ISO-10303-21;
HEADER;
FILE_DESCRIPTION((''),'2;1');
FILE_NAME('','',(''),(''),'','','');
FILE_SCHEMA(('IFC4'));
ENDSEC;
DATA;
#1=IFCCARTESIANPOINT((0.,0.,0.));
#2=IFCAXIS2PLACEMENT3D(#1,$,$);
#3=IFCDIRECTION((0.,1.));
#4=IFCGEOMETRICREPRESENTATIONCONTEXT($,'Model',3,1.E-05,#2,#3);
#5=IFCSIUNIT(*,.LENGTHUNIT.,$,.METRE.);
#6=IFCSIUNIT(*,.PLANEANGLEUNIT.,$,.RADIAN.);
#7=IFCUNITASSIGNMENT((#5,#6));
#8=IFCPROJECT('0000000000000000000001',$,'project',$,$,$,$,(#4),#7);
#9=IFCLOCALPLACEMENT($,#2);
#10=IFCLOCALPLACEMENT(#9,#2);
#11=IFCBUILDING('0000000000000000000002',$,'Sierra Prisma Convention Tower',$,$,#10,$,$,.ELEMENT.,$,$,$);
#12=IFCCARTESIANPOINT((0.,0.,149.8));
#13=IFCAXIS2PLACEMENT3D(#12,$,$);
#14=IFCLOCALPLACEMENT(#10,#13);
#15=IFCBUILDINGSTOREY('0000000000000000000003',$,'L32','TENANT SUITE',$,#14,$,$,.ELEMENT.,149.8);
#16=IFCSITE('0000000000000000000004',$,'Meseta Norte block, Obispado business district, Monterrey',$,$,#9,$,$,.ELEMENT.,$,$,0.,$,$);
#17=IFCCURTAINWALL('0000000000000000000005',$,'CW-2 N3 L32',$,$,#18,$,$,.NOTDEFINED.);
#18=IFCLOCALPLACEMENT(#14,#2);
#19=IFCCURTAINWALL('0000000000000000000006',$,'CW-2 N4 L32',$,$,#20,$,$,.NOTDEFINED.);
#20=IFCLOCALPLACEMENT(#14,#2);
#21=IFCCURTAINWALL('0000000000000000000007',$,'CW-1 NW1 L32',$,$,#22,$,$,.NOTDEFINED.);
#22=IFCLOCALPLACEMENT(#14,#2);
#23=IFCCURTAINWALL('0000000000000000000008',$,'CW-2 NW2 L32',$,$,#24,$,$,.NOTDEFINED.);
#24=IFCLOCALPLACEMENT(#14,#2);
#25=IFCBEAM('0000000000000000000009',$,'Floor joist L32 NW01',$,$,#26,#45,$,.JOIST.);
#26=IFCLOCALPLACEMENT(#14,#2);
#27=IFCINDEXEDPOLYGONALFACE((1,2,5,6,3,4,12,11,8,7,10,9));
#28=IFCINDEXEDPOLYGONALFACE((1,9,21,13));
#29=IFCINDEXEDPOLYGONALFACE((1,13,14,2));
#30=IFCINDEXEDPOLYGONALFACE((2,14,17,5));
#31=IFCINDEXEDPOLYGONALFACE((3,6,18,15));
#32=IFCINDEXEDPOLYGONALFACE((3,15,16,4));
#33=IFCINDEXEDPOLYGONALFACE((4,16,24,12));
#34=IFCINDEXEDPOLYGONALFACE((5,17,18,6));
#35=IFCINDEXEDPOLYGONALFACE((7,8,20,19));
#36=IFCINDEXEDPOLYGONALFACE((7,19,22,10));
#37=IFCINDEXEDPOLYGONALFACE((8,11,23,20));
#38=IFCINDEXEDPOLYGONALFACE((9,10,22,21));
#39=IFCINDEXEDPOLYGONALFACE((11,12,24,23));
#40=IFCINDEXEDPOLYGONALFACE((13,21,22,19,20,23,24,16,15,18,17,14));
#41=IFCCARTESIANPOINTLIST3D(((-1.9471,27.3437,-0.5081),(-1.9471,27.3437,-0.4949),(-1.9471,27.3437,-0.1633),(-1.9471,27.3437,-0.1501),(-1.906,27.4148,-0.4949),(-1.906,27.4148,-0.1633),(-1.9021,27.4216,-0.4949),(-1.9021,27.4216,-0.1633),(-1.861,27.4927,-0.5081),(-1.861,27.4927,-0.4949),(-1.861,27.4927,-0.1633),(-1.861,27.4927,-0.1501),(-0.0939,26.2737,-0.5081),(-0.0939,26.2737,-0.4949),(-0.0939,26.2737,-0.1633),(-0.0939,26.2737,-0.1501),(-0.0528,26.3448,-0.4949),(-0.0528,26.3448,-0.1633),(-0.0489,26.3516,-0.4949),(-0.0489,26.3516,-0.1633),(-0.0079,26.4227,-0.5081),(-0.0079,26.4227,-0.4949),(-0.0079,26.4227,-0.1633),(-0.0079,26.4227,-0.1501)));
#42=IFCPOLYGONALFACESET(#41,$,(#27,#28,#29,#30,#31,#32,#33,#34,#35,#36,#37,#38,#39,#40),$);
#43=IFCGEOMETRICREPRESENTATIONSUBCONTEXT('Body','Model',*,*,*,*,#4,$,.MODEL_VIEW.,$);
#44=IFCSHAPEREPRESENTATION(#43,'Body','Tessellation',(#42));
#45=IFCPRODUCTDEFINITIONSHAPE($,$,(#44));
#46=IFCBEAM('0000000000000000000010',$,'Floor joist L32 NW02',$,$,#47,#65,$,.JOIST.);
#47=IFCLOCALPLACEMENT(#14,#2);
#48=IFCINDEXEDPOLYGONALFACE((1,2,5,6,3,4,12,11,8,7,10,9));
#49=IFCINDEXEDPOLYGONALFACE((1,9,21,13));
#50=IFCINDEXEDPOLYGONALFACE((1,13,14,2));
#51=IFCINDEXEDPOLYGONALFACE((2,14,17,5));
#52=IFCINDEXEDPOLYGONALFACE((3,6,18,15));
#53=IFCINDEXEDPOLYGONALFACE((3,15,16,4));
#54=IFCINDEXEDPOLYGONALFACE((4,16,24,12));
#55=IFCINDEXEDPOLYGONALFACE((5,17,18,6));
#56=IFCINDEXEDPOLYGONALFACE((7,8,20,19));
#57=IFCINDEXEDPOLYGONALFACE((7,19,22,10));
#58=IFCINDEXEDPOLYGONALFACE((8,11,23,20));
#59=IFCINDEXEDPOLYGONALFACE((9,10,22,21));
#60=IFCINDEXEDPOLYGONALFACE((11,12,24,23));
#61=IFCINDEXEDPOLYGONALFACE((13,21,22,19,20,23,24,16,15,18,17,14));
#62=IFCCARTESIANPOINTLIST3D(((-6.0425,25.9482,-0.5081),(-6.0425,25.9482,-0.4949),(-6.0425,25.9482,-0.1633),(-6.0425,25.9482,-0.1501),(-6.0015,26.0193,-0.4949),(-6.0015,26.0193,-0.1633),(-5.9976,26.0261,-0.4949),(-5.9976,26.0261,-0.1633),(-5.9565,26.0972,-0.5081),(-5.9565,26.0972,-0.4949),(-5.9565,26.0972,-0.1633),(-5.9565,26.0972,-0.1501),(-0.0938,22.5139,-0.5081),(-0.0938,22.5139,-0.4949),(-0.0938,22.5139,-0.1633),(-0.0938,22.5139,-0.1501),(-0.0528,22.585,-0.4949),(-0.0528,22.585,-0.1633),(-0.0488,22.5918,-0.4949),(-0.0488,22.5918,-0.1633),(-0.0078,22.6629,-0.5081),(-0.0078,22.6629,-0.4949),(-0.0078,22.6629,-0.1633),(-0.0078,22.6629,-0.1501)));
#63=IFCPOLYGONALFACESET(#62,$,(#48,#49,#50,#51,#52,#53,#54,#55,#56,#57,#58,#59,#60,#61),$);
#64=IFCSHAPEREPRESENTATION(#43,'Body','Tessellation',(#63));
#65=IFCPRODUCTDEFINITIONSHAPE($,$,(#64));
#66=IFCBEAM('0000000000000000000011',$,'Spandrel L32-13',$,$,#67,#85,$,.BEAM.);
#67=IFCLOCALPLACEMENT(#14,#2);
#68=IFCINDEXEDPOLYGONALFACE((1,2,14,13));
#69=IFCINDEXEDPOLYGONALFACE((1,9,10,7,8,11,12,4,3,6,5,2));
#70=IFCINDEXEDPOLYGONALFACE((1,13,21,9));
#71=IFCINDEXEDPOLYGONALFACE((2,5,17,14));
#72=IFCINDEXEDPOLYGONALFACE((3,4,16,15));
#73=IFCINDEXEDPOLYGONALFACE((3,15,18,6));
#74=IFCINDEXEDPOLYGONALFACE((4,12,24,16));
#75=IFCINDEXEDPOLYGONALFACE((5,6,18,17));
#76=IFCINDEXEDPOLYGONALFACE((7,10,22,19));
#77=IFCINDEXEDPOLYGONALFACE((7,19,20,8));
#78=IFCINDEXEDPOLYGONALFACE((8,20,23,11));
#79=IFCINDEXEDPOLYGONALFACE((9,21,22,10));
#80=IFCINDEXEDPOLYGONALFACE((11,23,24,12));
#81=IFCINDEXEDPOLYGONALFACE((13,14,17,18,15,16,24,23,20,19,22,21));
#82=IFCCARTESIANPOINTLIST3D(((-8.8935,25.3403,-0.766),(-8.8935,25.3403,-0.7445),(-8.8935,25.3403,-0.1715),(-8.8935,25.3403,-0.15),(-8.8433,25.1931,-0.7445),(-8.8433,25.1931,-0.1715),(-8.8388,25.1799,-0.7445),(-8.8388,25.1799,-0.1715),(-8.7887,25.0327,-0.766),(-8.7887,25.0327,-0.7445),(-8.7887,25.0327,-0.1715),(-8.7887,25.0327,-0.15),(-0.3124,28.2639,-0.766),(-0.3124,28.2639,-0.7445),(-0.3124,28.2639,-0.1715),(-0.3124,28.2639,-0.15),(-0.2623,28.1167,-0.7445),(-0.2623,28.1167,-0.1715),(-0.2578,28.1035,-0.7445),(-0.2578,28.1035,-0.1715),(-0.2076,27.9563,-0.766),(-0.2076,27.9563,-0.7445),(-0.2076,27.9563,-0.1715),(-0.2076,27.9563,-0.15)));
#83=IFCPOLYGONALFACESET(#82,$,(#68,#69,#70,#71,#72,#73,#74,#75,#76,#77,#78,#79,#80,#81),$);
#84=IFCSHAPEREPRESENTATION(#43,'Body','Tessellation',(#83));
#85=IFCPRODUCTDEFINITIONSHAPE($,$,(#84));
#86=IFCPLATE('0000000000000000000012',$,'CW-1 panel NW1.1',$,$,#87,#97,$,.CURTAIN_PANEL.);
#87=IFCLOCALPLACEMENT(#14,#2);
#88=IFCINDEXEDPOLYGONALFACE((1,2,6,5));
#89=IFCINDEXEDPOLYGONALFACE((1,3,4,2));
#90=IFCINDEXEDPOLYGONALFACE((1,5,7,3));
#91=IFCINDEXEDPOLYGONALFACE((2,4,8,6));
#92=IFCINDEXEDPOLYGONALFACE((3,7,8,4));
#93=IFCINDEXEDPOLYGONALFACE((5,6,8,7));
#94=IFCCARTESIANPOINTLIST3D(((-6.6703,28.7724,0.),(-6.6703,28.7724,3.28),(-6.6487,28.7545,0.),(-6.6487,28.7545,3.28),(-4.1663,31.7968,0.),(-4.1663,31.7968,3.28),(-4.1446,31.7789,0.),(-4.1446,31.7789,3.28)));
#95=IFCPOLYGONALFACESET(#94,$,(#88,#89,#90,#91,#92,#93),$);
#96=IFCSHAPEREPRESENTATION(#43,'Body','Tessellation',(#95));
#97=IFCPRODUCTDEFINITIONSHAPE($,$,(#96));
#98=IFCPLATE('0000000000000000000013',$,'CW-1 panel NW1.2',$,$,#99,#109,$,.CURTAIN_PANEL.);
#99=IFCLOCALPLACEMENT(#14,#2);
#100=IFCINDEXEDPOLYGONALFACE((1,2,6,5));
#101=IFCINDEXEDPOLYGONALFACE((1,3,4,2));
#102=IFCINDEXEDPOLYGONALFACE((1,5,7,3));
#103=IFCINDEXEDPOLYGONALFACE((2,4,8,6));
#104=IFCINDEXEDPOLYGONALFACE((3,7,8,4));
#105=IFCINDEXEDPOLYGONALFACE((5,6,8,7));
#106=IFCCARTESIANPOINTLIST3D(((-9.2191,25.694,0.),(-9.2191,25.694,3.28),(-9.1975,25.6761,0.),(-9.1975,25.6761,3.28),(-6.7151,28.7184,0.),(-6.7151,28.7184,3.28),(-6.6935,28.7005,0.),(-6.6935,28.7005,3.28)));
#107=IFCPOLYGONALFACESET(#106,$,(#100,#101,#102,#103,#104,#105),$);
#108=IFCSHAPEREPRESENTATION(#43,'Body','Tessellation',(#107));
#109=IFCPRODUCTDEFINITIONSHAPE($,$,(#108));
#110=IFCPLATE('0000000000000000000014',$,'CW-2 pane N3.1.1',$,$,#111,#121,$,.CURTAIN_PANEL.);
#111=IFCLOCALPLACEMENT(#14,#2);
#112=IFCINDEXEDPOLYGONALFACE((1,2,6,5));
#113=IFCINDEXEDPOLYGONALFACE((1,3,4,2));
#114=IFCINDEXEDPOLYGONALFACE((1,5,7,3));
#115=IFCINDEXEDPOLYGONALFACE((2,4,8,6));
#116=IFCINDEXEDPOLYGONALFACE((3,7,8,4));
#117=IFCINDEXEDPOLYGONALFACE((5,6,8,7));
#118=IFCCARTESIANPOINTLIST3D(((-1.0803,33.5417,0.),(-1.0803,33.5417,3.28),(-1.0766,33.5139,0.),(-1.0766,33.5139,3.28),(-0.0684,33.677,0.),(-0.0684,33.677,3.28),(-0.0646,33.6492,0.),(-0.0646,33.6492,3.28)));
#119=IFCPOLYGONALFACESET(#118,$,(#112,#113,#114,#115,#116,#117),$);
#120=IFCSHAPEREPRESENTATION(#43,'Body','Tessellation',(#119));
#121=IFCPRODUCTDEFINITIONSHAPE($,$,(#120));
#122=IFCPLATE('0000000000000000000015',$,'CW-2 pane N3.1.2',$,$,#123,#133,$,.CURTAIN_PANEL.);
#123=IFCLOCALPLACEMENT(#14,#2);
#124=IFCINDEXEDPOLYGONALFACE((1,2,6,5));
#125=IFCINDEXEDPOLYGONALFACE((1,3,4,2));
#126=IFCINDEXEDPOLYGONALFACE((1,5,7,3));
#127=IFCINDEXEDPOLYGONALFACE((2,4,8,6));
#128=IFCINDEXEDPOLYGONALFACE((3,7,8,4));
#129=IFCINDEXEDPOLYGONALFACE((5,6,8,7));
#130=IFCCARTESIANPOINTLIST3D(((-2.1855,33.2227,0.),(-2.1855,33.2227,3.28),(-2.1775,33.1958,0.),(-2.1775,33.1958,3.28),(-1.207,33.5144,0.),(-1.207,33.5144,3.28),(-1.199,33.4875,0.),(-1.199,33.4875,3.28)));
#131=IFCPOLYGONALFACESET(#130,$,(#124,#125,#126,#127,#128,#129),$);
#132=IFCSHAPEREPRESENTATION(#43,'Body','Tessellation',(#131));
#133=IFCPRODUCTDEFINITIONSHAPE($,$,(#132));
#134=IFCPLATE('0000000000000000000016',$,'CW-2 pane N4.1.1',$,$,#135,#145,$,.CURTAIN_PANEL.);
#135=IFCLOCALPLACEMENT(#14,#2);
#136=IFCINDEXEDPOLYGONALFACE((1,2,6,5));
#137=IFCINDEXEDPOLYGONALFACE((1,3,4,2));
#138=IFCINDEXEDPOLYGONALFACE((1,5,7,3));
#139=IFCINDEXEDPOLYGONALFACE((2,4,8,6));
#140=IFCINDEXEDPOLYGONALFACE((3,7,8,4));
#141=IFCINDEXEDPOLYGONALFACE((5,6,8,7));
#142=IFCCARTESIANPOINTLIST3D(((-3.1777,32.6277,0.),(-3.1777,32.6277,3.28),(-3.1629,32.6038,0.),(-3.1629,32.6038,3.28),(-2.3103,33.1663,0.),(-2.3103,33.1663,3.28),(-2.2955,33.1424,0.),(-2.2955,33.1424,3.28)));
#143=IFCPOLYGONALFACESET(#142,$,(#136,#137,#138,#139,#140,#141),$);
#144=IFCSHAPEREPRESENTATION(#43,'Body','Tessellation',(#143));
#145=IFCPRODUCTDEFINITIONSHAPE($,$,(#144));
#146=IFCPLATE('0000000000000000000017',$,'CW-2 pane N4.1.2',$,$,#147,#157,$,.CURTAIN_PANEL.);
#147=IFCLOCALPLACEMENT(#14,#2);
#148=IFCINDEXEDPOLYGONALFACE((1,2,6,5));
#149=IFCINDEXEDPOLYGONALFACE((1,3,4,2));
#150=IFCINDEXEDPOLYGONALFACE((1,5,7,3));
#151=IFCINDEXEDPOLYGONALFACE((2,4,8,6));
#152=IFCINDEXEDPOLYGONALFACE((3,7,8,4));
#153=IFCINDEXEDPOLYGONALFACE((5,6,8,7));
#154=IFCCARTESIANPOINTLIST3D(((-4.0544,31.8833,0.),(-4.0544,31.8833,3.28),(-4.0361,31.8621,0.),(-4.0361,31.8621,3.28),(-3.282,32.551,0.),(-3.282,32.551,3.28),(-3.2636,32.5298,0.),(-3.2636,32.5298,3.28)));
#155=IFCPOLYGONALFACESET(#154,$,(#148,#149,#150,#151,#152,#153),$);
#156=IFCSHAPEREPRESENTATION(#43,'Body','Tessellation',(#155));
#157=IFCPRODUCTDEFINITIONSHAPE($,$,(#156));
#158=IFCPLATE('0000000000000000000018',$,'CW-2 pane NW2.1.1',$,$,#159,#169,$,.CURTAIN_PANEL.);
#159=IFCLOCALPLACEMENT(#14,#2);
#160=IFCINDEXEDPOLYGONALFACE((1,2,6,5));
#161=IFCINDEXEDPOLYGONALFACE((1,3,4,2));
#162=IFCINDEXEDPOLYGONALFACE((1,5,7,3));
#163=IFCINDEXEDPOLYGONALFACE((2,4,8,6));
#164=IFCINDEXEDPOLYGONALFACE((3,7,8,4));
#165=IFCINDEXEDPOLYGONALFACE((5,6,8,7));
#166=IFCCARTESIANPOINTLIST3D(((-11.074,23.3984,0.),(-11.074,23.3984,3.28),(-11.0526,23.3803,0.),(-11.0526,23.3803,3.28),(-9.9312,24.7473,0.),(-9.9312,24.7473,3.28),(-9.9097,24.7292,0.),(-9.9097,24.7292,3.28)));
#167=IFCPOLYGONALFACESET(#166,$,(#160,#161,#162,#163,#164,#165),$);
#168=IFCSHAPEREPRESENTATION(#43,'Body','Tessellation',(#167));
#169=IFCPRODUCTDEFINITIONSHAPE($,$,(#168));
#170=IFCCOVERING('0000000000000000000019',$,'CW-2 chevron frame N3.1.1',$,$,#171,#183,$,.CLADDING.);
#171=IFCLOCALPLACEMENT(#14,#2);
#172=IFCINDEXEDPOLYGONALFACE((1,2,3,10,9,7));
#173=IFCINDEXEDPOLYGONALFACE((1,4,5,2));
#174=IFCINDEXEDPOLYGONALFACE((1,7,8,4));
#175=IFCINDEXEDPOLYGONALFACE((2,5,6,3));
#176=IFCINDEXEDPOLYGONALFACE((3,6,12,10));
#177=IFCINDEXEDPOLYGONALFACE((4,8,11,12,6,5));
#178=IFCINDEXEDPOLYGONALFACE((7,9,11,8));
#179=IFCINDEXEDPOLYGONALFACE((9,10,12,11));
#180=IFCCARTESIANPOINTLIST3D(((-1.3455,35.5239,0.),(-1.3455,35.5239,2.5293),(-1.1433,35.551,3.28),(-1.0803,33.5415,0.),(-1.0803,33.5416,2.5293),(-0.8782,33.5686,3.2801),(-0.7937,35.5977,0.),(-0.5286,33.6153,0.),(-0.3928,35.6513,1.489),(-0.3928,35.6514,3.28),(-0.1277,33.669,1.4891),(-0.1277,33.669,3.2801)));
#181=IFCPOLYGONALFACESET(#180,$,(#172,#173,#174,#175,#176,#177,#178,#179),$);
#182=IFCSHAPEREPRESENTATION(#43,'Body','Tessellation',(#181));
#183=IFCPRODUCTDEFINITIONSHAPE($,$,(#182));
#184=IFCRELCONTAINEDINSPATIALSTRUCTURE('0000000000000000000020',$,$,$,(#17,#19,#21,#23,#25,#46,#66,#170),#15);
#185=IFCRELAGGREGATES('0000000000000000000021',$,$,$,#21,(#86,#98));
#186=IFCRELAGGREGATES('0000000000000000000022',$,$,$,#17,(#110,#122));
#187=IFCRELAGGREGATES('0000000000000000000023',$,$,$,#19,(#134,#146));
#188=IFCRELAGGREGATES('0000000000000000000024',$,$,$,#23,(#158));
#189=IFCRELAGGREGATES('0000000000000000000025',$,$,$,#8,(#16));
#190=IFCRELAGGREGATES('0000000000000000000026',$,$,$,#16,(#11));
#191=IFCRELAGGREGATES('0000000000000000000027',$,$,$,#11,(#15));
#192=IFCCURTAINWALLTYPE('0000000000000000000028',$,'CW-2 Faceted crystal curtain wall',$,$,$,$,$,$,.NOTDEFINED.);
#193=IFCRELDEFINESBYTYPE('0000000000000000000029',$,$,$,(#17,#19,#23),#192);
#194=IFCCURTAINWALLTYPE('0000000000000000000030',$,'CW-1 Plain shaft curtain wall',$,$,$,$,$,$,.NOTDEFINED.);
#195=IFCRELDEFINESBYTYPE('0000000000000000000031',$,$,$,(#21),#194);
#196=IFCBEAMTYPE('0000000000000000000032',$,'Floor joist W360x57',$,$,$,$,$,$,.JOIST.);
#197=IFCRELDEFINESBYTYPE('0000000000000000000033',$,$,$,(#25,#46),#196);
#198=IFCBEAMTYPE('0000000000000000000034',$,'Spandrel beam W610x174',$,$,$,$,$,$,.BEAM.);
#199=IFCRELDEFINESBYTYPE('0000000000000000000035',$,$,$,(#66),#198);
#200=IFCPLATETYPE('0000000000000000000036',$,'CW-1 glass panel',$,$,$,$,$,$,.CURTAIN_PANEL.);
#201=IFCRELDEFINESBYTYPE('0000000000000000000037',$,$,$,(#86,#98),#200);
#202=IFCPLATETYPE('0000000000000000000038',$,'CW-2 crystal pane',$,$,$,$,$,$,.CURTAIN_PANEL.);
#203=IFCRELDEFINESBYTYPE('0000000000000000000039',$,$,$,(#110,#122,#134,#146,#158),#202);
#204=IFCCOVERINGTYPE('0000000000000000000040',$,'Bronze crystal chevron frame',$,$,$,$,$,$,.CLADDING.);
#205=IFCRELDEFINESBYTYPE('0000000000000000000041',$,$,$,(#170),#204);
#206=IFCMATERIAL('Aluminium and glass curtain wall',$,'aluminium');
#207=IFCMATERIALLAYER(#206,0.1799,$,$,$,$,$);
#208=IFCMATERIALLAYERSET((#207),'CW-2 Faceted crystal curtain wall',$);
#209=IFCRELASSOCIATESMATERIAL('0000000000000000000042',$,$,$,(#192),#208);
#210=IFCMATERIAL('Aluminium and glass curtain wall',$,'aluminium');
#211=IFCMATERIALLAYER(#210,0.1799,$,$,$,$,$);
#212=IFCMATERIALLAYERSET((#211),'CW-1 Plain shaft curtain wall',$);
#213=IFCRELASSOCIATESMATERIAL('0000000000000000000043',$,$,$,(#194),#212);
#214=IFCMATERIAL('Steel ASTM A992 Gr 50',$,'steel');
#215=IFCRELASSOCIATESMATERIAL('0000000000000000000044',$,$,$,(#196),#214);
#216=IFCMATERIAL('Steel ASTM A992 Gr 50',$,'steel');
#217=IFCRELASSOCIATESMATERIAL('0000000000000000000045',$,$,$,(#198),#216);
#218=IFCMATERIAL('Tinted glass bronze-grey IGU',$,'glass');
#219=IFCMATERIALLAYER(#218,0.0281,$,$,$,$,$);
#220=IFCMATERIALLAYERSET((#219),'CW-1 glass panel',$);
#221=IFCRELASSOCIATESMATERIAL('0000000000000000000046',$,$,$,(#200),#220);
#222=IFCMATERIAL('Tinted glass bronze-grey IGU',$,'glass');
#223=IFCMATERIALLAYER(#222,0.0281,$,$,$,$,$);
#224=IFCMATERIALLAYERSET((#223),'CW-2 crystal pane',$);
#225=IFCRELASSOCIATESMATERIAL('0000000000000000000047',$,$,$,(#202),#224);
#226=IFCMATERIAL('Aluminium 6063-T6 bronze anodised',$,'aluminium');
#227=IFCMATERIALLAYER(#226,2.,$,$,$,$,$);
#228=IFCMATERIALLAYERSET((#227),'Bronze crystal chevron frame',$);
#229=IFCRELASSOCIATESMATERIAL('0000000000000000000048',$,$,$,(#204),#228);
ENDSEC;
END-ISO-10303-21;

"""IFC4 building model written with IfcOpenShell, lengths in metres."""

from ifc_helpers import new_model, si_unit, direction, frame, origin, origin_2d, place, context, subcontext, project, spatial, polyline, rectangle, i_section, outline, extrude, material, layer, layer_set, material_profile, profile_set, type_object, element, aggregate, save


model = new_model("IFC4")

# Units and contexts
model_context = context("Model", 3, precision=1e-05, world=origin(), true_north=direction((0.0, 1.0)))
body_context = subcontext(model_context, "Body", "Model", "MODEL_VIEW")
ifc_project = project(units=[si_unit("LENGTHUNIT", "METRE"), si_unit("PLANEANGLEUNIT", "RADIAN")], contexts=[model_context])

# Site, building, storey
site_placement = place(None, origin())
site = spatial("IfcSite", under=ifc_project, at=site_placement, Name="Meseta Norte block, Obispado business district, Monterrey", CompositionType="ELEMENT", RefElevation=0.0)
building_placement = place(site_placement, origin())
building = spatial("IfcBuilding", under=site, at=building_placement, Name="Sierra Prisma Convention Tower", CompositionType="ELEMENT")
storey_placement = place(building_placement, frame((0.0, 0.0, 149.8)))
storey = spatial("IfcBuildingStorey", under=building, at=storey_placement, Name="L32", Description="TENANT SUITE", CompositionType="ELEMENT", Elevation=149.8)

# Curtain walls
ifc_material_1 = material(Name="Aluminium and glass curtain wall", Category="aluminium")
ifc_layer_1 = layer(ifc_material_1, 0.1799)
ifc_layer_set_1 = layer_set([ifc_layer_1], Name="CW-2 Faceted crystal curtain wall")
curtain_wall_type_1 = type_object("IfcCurtainWallType", Name="CW-2 Faceted crystal curtain wall", PredefinedType="NOTDEFINED", material=ifc_layer_set_1)
curtain_wall_1_placement = place(storey_placement, origin())
curtain_wall_1 = element("IfcCurtainWall", 1, at=curtain_wall_1_placement, inside=storey, type_object=curtain_wall_type_1, Name="CW-2 N3 L32", PredefinedType="NOTDEFINED")
curtain_wall_2_placement = place(storey_placement, origin())
curtain_wall_2 = element("IfcCurtainWall", 2, at=curtain_wall_2_placement, inside=storey, type_object=curtain_wall_type_1, Name="CW-2 N4 L32", PredefinedType="NOTDEFINED")

# Curtain wall
ifc_material_2 = material(Name="Aluminium and glass curtain wall", Category="aluminium")
ifc_layer_2 = layer(ifc_material_2, 0.1799)
ifc_layer_set_2 = layer_set([ifc_layer_2], Name="CW-1 Plain shaft curtain wall")
curtain_wall_type_2 = type_object("IfcCurtainWallType", Name="CW-1 Plain shaft curtain wall", PredefinedType="NOTDEFINED", material=ifc_layer_set_2)
curtain_wall_3_placement = place(storey_placement, origin())
curtain_wall_3 = element("IfcCurtainWall", 3, at=curtain_wall_3_placement, inside=storey, type_object=curtain_wall_type_2, Name="CW-1 NW1 L32", PredefinedType="NOTDEFINED")

# Curtain wall
curtain_wall_4_placement = place(storey_placement, origin())
curtain_wall_4 = element("IfcCurtainWall", 4, at=curtain_wall_4_placement, inside=storey, type_object=curtain_wall_type_1, Name="CW-2 NW2 L32", PredefinedType="NOTDEFINED")

# Beams
ifc_material_3 = material(Name="Steel ASTM A992 Gr 50", Category="steel")
ifc_material_profile_1 = material_profile(ifc_material_3, i_section(OverallWidth=0.1721, OverallDepth=0.3579, WebThickness=0.0078, FlangeThickness=0.0132, at=origin_2d()), Name="W360x57")
ifc_profile_set_1 = profile_set([ifc_material_profile_1], Name="Steel ASTM A992 Gr 50")
beam_type_1 = type_object("IfcBeamType", Name="Floor joist W360x57", PredefinedType="JOIST", material=ifc_profile_set_1)
beam_1_placement = place(storey_placement, frame((-1.9041, 27.4182, -0.3291), z_axis=(0.866009, -0.500029, 0.0), x_axis=(0.500029, 0.866009, 0.0)))
element("IfcBeam", 5, at=beam_1_placement, inside=storey, type_object=beam_type_1, Name="Floor joist L32 NW01", PredefinedType="JOIST", context=body_context, shape_type="SweptSolid", body=[
    extrude(i_section(OverallWidth=0.1721, OverallDepth=0.3579, WebThickness=0.0078, FlangeThickness=0.0132, at=origin_2d()), origin(), (0.0, 0.0, 1.0), 2.1399),
])
beam_2_placement = place(storey_placement, frame((-5.9995, 26.0227, -0.3291), z_axis=(0.866036, -0.499981, 0.0), x_axis=(0.499981, 0.866036, 0.0)))
element("IfcBeam", 6, at=beam_2_placement, inside=storey, type_object=beam_type_1, Name="Floor joist L32 NW02", PredefinedType="JOIST", context=body_context, shape_type="SweptSolid", body=[
    extrude(i_section(OverallWidth=0.1721, OverallDepth=0.3579, WebThickness=0.0078, FlangeThickness=0.0132, at=origin_2d()), origin(), (0.0, 0.0, 1.0), 6.8689),
])
ifc_material_4 = material(Name="Steel ASTM A992 Gr 50", Category="steel")
ifc_material_profile_2 = material_profile(ifc_material_4, i_section(OverallWidth=0.325, OverallDepth=0.616, WebThickness=0.0139, FlangeThickness=0.0215, at=origin_2d()), Name="W610x174")
ifc_profile_set_2 = profile_set([ifc_material_profile_2], Name="Steel ASTM A992 Gr 50")
beam_type_2 = type_object("IfcBeamType", Name="Spandrel beam W610x174", PredefinedType="BEAM", material=ifc_profile_set_2)
beam_3_placement = place(storey_placement, frame((-0.26, 28.1101, -0.458), z_axis=(-0.94657, -0.322498, 0.0), x_axis=(0.322498, -0.94657, 0.0)))
element("IfcBeam", 7, at=beam_3_placement, inside=storey, type_object=beam_type_2, Name="Spandrel L32-13", PredefinedType="BEAM", context=body_context, shape_type="SweptSolid", body=[
    extrude(i_section(OverallWidth=0.325, OverallDepth=0.616, WebThickness=0.0139, FlangeThickness=0.0215, at=origin_2d()), origin(), (0.0, 0.0, 1.0), 9.0654),
])

# Plates
ifc_material_5 = material(Name="Tinted glass bronze-grey IGU", Category="glass")
ifc_layer_3 = layer(ifc_material_5, 0.0281)
ifc_layer_set_3 = layer_set([ifc_layer_3], Name="CW-1 glass panel")
plate_type_1 = type_object("IfcPlateType", Name="CW-1 glass panel", PredefinedType="CURTAIN_PANEL", material=ifc_layer_set_3)
plate_1_placement = place(storey_placement, frame((-5.4075, 30.2756, 0.0), z_axis=(0.0, 0.0, 1.0), x_axis=(-0.637728, -0.770261, 0.0)))
plate_1 = element("IfcPlate", 8, at=plate_1_placement, type_object=plate_type_1, Name="CW-1 panel NW1.1", PredefinedType="CURTAIN_PANEL", context=body_context, shape_type="SweptSolid", body=[
    extrude(rectangle(XDim=3.9265, YDim=0.0281, at=origin_2d()), origin(), (0.0, 0.0, 1.0), 3.28),
])
plate_2_placement = place(storey_placement, frame((-7.9563, 27.1973, 0.0), z_axis=(0.0, 0.0, 1.0), x_axis=(-0.637728, -0.770261, 0.0)))
plate_2 = element("IfcPlate", 9, at=plate_2_placement, type_object=plate_type_1, Name="CW-1 panel NW1.2", PredefinedType="CURTAIN_PANEL", context=body_context, shape_type="SweptSolid", body=[
    extrude(rectangle(XDim=3.9265, YDim=0.0281, at=origin_2d()), origin(), (0.0, 0.0, 1.0), 3.28),
])
aggregate(curtain_wall_3, [plate_1, plate_2])
ifc_material_6 = material(Name="Tinted glass bronze-grey IGU", Category="glass")
ifc_layer_4 = layer(ifc_material_6, 0.0281)
ifc_layer_set_4 = layer_set([ifc_layer_4], Name="CW-2 crystal pane")
plate_type_2 = type_object("IfcPlateType", Name="CW-2 crystal pane", PredefinedType="CURTAIN_PANEL", material=ifc_layer_set_4)
plate_3_placement = place(storey_placement, frame((-0.0684, 33.677, 0.0), z_axis=(-0.132477, 0.991186, 0.0), x_axis=(-0.991186, -0.132477, 0.0)))
plate_3 = element("IfcPlate", 10, at=plate_3_placement, type_object=plate_type_2, Name="CW-2 pane N3.1.1", PredefinedType="CURTAIN_PANEL", context=body_context, shape_type="SweptSolid", body=[
    extrude(outline(polyline([(0.0, 0.0), (1.021, 0.0), (1.021, 3.28), (0.0, 3.28), (0.0, 0.0)])), origin(), (0.0, 0.0, -1.0), 0.0281),
])
plate_4_placement = place(storey_placement, frame((-2.1855, 33.2227, 0.0), z_axis=(-0.285724, 0.958312, 0.0), x_axis=(0.958312, 0.285724, 0.0)))
plate_4 = element("IfcPlate", 11, at=plate_4_placement, type_object=plate_type_2, Name="CW-2 pane N3.1.2", PredefinedType="CURTAIN_PANEL", context=body_context, shape_type="SweptSolid", body=[
    extrude(outline(polyline([(0.0, 0.0), (1.0211, 0.0), (1.0211, -3.28), (0.0, -3.28), (0.0, 0.0)])), origin(), (0.0, 0.0, -1.0), 0.0281),
])
aggregate(curtain_wall_1, [plate_3, plate_4])
plate_5_placement = place(storey_placement, frame((-2.3103, 33.1663, 0.0), z_axis=(-0.527482, 0.849566, 0.0), x_axis=(-0.849566, -0.527482, 0.0)))
plate_5 = element("IfcPlate", 12, at=plate_5_placement, type_object=plate_type_2, Name="CW-2 pane N4.1.1", PredefinedType="CURTAIN_PANEL", context=body_context, shape_type="SweptSolid", body=[
    extrude(outline(polyline([(0.0, 0.0), (1.021, 0.0), (1.021, 3.28), (0.0, 3.28), (0.0, 0.0)])), origin(), (0.0, 0.0, -1.0), 0.0281),
])
plate_6_placement = place(storey_placement, frame((-4.0544, 31.8833, 0.0), z_axis=(-0.653956, 0.756533, 0.0), x_axis=(0.756533, 0.653956, 0.0)))
plate_6 = element("IfcPlate", 13, at=plate_6_placement, type_object=plate_type_2, Name="CW-2 pane N4.1.2", PredefinedType="CURTAIN_PANEL", context=body_context, shape_type="SweptSolid", body=[
    extrude(outline(polyline([(0.0, 0.0), (1.0211, 0.0), (1.0211, -3.28), (0.0, -3.28), (0.0, 0.0)])), origin(), (0.0, 0.0, -1.0), 0.0281),
])
aggregate(curtain_wall_2, [plate_5, plate_6])
plate_7_placement = place(storey_placement, frame((-9.9312, 24.7473, 0.0), z_axis=(-0.762978, 0.646425, 0.0), x_axis=(-0.646425, -0.762978, 0.0)))
plate_7 = element("IfcPlate", 14, at=plate_7_placement, type_object=plate_type_2, Name="CW-2 pane NW2.1.1", PredefinedType="CURTAIN_PANEL", context=body_context, shape_type="SweptSolid", body=[
    extrude(outline(polyline([(0.0, 0.0), (1.7679, 0.0), (1.7679, 3.28), (0.0, 3.28), (0.0, 0.0)])), origin(), (0.0, 0.0, -1.0), 0.0281),
])
aggregate(curtain_wall_4, [plate_7])

# Covering
ifc_material_7 = material(Name="Aluminium 6063-T6 bronze anodised", Category="aluminium")
ifc_layer_5 = layer(ifc_material_7, 2.0)
ifc_layer_set_5 = layer_set([ifc_layer_5], Name="Bronze crystal chevron frame")
covering_type = type_object("IfcCoveringType", Name="Bronze crystal chevron frame", PredefinedType="CLADDING", material=ifc_layer_set_5)
covering_1_placement = place(storey_placement, frame((-0.3928, 35.6514, 3.28), z_axis=(-0.132567, 0.991174, -0.000024), x_axis=(0.000003, -0.000024, -1.0)))
element("IfcCovering", 15, at=covering_1_placement, inside=storey, type_object=covering_type, Name="CW-2 chevron frame N3.1.1", PredefinedType="CLADDING", context=body_context, shape_type="SweptSolid", body=[
    extrude(outline(polyline([(0.0, 0.0), (1.791, 0.0), (3.28, 0.4045), (3.28, 0.9611), (0.7507, 0.9611), (0.0, 0.7572), (0.0, 0.0)])), origin(), (0.0, 0.0, -1.0), 2.0),
])

save(model, "model.ifc")
